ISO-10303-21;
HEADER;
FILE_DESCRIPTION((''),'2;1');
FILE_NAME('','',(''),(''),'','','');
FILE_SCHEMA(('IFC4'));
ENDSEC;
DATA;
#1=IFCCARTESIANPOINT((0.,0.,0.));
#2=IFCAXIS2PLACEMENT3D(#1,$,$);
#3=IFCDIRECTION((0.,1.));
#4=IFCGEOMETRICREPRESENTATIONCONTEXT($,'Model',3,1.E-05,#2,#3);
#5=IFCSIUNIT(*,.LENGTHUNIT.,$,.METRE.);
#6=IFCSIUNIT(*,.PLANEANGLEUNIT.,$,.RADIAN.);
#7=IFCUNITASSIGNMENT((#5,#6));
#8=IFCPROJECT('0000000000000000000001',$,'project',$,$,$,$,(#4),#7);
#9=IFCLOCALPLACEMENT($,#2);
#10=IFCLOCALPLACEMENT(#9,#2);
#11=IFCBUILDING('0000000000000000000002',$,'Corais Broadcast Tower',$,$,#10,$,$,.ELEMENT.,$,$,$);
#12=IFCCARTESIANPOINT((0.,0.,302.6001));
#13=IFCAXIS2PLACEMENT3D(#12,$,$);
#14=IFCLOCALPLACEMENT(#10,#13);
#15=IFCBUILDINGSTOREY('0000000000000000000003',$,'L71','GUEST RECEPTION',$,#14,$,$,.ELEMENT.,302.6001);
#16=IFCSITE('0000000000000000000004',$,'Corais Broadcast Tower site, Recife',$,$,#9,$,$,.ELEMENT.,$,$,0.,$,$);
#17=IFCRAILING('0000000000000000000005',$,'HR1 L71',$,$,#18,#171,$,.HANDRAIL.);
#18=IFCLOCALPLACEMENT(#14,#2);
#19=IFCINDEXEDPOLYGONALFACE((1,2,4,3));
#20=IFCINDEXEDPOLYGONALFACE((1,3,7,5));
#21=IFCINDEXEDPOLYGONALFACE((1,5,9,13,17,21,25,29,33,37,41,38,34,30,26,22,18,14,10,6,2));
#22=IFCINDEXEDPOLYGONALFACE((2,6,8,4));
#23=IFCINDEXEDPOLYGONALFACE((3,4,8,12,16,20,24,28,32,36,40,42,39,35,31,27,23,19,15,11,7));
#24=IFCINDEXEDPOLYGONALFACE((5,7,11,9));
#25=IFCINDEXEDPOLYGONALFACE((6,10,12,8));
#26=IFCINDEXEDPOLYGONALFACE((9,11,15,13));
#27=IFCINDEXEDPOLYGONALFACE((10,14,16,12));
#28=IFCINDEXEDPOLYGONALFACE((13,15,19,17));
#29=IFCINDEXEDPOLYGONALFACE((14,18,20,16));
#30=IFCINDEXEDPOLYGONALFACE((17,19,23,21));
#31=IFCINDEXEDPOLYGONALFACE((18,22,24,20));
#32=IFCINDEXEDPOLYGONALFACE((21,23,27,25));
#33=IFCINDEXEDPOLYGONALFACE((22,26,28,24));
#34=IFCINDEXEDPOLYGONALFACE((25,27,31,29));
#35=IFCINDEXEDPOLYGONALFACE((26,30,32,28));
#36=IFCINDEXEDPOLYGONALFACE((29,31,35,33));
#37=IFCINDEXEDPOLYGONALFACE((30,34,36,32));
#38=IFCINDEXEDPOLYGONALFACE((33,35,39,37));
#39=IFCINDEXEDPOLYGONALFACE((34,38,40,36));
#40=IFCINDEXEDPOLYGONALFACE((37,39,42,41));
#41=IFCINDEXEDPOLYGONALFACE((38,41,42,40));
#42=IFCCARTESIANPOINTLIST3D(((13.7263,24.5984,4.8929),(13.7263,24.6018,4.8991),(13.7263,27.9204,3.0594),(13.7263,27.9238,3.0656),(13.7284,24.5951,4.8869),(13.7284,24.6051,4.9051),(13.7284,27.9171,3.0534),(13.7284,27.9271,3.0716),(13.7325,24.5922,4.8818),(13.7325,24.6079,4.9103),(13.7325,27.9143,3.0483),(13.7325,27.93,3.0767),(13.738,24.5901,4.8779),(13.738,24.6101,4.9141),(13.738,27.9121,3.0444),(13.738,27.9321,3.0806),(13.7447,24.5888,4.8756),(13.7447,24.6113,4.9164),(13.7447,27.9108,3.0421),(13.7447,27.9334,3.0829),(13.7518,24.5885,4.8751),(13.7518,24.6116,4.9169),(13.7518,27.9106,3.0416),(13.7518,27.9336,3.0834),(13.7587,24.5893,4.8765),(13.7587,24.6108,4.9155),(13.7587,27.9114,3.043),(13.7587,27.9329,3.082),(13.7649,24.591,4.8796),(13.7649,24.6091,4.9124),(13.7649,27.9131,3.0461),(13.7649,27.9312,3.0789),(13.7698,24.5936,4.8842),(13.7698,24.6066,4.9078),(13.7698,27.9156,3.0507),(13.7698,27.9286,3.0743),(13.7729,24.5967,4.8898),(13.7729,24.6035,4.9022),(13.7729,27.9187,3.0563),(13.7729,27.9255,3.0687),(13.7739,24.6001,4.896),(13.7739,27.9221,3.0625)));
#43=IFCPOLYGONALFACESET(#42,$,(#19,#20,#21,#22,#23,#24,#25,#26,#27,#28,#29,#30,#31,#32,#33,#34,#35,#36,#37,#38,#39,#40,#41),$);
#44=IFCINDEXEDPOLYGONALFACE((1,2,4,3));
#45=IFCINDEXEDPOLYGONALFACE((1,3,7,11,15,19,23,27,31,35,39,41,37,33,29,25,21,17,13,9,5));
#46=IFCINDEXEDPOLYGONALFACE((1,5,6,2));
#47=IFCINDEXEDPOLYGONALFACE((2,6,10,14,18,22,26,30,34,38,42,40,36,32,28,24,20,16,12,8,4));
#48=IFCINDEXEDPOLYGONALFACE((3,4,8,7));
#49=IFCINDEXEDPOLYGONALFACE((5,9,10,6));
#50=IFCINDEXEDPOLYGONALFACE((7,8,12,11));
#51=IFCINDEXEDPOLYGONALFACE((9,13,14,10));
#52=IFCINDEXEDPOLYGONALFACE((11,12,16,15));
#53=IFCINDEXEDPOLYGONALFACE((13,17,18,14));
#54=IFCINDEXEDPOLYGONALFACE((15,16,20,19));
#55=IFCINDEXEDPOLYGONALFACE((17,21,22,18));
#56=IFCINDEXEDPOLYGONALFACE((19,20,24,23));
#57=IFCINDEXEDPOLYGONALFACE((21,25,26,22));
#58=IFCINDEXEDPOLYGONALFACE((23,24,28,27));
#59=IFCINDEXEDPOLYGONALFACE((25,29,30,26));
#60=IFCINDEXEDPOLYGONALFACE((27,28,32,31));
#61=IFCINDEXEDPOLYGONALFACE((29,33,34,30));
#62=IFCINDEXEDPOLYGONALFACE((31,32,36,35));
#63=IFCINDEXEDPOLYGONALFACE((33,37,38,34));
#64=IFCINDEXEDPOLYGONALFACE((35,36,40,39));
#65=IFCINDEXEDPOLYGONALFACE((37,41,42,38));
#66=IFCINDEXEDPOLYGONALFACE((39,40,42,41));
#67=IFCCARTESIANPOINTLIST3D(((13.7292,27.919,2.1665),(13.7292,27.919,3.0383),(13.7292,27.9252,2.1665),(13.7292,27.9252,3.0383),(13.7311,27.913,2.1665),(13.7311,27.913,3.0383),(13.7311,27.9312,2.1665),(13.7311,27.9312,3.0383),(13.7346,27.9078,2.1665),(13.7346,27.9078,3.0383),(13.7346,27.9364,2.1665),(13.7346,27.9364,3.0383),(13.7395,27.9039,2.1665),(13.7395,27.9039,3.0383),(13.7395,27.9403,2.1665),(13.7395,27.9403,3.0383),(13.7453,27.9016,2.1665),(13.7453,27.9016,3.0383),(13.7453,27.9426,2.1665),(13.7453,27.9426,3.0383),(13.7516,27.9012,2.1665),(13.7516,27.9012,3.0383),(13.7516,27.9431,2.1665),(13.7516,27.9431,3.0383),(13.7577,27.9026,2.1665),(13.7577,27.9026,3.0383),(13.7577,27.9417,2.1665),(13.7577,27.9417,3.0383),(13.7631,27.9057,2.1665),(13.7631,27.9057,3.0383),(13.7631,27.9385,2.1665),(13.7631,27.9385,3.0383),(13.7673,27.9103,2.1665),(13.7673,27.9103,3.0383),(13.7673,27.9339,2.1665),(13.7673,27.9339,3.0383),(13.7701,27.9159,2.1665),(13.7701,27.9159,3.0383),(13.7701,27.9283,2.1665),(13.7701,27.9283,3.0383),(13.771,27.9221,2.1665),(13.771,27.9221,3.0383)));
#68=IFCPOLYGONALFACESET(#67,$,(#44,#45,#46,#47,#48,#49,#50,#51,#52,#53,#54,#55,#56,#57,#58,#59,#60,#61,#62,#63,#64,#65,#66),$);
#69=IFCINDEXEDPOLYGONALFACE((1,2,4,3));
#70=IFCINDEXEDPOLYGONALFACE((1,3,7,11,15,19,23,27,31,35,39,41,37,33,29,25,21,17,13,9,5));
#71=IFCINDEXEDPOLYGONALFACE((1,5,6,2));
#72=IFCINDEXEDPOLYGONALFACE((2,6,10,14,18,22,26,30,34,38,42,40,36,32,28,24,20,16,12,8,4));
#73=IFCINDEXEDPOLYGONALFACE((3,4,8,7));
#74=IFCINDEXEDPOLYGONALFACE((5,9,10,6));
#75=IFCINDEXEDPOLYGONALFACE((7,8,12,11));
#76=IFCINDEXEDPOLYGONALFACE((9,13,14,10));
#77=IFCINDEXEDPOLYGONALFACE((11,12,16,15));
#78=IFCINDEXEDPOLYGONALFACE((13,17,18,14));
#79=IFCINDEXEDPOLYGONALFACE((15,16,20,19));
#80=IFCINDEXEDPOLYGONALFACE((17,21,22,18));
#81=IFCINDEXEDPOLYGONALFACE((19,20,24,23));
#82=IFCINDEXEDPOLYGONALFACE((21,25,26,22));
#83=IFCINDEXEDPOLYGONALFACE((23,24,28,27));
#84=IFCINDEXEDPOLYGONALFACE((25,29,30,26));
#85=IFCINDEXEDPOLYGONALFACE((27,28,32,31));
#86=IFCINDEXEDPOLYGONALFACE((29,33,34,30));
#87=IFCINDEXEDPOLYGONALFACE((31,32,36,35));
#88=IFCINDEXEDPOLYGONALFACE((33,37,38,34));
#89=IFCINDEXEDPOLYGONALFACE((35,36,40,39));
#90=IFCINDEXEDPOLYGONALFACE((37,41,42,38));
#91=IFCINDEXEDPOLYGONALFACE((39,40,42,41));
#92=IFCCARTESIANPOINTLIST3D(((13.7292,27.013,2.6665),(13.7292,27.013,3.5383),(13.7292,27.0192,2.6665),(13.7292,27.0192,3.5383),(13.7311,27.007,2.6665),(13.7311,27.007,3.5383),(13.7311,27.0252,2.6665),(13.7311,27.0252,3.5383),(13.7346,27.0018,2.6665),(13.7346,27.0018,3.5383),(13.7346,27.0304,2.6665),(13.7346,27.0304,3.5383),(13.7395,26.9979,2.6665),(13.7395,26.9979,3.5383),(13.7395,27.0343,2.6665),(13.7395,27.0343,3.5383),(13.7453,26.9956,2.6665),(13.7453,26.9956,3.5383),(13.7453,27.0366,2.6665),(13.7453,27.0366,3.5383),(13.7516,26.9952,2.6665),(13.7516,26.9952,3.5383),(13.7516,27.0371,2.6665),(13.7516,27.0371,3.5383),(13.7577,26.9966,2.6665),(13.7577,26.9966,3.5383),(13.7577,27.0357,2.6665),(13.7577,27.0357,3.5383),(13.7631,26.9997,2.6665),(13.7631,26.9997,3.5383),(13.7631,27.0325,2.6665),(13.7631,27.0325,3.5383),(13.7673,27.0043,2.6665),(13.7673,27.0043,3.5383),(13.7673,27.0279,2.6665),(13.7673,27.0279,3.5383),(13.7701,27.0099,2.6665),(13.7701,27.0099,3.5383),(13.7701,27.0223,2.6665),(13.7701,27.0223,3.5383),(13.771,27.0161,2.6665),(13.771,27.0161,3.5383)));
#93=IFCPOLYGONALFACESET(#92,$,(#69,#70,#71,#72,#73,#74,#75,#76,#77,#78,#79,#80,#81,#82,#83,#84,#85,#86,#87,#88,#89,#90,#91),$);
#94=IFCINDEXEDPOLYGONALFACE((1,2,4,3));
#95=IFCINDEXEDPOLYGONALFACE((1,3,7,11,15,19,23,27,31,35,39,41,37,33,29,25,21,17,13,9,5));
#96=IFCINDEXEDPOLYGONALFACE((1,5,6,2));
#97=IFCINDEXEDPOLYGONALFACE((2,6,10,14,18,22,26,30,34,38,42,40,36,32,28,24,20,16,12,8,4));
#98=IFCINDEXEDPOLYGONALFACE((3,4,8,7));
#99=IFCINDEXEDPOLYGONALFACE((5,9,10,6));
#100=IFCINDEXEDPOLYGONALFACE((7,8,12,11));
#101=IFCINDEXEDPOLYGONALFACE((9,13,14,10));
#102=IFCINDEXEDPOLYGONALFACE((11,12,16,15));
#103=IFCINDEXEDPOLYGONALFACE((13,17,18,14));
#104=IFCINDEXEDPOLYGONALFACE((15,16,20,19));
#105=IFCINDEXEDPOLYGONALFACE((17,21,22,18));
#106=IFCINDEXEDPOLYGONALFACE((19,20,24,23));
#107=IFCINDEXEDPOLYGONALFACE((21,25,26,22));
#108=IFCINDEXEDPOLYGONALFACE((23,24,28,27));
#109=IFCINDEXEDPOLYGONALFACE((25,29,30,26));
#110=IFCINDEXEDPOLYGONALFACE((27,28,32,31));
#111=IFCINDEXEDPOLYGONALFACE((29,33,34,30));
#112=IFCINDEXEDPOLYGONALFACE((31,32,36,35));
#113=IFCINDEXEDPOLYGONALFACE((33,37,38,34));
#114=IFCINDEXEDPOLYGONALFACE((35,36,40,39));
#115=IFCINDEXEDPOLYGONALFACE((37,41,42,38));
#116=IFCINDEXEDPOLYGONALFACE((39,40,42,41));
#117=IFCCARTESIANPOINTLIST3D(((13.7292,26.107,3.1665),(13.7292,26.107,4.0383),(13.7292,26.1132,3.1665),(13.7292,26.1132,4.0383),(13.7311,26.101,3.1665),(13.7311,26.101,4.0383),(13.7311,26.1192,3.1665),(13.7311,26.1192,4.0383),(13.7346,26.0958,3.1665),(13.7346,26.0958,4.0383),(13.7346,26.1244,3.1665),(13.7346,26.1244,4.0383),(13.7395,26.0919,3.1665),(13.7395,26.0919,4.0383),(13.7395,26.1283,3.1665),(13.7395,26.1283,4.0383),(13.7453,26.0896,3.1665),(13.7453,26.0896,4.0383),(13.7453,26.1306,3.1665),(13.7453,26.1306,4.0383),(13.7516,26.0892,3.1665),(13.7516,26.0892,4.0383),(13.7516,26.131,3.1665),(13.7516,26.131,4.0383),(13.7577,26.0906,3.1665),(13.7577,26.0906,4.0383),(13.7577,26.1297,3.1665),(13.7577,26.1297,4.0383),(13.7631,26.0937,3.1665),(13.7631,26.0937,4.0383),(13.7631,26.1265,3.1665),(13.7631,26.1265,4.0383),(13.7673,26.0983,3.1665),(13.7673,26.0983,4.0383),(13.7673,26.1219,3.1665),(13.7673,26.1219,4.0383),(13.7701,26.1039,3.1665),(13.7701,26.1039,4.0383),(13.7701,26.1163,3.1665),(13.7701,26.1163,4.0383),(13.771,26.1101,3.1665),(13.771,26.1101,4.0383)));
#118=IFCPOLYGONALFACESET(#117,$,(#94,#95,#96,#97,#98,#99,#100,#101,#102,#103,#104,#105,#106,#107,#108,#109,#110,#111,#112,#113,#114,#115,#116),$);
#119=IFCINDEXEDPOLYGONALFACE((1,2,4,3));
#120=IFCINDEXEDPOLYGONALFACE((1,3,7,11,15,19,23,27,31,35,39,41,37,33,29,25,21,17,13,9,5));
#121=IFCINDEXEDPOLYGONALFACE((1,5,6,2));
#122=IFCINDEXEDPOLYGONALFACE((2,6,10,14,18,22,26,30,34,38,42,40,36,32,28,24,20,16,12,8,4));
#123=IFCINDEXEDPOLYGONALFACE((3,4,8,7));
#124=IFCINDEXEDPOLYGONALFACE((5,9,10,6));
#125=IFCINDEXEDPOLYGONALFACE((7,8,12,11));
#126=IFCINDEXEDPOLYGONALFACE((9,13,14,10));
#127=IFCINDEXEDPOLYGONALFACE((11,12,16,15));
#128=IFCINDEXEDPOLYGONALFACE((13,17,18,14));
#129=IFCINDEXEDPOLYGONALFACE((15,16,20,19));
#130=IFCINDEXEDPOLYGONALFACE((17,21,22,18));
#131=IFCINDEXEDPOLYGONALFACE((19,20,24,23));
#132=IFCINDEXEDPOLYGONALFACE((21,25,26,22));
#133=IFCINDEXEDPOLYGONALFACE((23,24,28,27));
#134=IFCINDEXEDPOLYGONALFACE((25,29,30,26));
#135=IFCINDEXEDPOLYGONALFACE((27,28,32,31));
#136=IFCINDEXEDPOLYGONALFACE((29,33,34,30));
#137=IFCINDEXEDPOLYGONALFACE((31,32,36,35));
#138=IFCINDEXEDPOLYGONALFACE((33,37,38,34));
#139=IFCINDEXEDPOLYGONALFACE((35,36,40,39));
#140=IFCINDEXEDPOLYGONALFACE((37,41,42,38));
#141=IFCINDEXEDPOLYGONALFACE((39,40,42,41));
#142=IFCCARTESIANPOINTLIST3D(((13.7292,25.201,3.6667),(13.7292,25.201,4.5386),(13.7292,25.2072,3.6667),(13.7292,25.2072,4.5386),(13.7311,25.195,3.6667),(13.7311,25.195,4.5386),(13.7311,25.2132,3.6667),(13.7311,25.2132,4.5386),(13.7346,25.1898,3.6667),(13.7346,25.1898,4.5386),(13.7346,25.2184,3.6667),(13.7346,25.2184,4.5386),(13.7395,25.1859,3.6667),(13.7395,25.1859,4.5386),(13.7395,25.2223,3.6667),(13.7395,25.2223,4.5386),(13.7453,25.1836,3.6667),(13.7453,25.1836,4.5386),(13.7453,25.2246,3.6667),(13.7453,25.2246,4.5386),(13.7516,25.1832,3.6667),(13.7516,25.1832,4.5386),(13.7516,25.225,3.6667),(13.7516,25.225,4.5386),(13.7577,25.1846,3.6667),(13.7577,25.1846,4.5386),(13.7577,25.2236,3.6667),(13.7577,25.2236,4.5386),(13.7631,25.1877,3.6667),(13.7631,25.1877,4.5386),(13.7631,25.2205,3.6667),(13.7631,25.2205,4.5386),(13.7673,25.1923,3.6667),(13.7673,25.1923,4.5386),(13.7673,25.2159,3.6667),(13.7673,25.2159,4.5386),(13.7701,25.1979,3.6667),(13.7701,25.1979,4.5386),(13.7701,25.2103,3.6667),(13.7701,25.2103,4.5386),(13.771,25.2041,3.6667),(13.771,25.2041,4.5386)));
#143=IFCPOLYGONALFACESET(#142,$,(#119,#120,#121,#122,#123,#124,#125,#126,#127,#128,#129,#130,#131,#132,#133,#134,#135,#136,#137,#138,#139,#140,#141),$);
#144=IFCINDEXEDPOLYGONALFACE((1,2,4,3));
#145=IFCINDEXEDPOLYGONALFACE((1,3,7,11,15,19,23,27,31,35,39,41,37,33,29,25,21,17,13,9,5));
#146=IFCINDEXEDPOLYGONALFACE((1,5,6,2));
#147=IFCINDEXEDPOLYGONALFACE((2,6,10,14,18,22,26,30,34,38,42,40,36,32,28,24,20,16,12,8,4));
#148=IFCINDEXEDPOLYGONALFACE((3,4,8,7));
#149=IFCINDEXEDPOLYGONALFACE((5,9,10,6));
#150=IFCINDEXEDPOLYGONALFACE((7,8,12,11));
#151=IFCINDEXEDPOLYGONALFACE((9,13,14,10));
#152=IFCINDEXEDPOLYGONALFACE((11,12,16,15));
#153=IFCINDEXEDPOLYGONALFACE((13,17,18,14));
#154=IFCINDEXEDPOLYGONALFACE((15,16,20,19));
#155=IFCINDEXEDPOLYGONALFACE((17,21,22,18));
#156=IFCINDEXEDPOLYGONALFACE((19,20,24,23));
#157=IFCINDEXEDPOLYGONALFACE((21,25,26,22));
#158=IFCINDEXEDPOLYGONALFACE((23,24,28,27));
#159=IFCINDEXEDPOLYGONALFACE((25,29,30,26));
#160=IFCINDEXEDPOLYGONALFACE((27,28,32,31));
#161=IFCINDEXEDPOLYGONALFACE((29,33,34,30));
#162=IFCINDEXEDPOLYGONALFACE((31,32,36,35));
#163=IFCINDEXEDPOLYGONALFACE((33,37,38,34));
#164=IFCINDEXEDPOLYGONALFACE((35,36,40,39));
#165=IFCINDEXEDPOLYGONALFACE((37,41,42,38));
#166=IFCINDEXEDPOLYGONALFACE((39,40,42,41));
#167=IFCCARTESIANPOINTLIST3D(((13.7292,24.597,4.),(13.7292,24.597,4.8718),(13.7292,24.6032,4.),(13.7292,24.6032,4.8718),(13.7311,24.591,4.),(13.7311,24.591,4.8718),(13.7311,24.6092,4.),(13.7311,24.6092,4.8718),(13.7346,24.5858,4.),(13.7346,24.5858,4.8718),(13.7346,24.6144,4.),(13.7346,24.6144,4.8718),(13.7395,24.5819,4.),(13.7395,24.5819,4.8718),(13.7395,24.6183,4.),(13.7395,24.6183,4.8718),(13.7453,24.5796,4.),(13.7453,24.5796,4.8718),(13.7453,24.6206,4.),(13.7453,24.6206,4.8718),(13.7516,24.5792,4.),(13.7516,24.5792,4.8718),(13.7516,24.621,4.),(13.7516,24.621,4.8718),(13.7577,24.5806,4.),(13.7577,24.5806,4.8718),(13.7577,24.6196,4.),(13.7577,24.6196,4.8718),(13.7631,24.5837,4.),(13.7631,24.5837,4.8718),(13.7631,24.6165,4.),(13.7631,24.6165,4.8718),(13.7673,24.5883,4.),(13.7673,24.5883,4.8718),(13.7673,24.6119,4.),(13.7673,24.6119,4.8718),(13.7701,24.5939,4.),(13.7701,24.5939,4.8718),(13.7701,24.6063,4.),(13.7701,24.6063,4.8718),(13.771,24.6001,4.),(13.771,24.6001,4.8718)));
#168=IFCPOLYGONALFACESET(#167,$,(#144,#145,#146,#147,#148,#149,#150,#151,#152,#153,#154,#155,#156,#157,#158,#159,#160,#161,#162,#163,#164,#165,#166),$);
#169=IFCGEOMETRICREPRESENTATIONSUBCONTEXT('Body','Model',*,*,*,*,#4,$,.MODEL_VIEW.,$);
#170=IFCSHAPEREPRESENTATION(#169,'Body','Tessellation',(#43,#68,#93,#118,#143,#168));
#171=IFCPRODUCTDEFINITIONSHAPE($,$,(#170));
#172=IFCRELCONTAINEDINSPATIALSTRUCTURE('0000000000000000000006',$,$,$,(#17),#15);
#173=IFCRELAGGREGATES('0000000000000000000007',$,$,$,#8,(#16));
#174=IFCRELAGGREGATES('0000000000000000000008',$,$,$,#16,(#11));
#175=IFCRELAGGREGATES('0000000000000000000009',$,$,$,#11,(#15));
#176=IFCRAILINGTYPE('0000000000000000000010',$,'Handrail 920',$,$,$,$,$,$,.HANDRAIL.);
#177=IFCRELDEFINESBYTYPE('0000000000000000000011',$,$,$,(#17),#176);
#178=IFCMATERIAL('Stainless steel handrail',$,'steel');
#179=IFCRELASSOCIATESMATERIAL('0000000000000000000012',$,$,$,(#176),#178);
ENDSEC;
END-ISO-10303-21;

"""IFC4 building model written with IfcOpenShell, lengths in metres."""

from ifc_helpers import new_model, si_unit, direction, frame, origin, origin_2d, place, context, subcontext, project, spatial, circle, extrude, material, type_object, element, save


model = new_model("IFC4")

# Units and contexts
model_context = context("Model", 3, precision=1e-05, world=origin(), true_north=direction((0.0, 1.0)))
body_context = subcontext(model_context, "Body", "Model", "MODEL_VIEW")
ifc_project = project(units=[si_unit("LENGTHUNIT", "METRE"), si_unit("PLANEANGLEUNIT", "RADIAN")], contexts=[model_context])

# Site, building, storey
site_placement = place(None, origin())
site = spatial("IfcSite", under=ifc_project, at=site_placement, Name="Corais Broadcast Tower site, Recife", CompositionType="ELEMENT", RefElevation=0.0)
building_placement = place(site_placement, origin())
building = spatial("IfcBuilding", under=site, at=building_placement, Name="Corais Broadcast Tower", CompositionType="ELEMENT")
storey_placement = place(building_placement, frame((0.0, 0.0, 302.6001)))
storey = spatial("IfcBuildingStorey", under=building, at=storey_placement, Name="L71", Description="GUEST RECEPTION", CompositionType="ELEMENT", Elevation=302.6001)

# Railing
ifc_material_1 = material(Name="Stainless steel handrail", Category="steel")
railing_type = type_object("IfcRailingType", Name="Handrail 920", PredefinedType="HANDRAIL", material=ifc_material_1)
for number, where, name in (
    (1, (13.75, 27.9221, 2.1665), "HR1 L71"),
):
    element("IfcRailing", number, at=place(storey_placement, frame(where)), inside=storey, type_object=railing_type, Name=name, PredefinedType="HANDRAIL", context=body_context, shape_type="SweptSolid", body=[
        extrude(circle(Radius=0.0239, at=origin_2d()), frame((0.0, 0.0, 0.896), z_axis=(0.0, -0.875504, 0.48321), x_axis=(1.0, 0.0, 0.0)), (0.0, 0.0, 1.0), 3.7944),
        extrude(circle(Radius=0.021, at=origin_2d()), origin(), (0.0, 0.0, 1.0), 0.8718),
        extrude(circle(Radius=0.021, at=origin_2d()), frame((0.0, -0.906, 0.5)), (0.0, 0.0, 1.0), 0.8718),
        extrude(circle(Radius=0.021, at=origin_2d()), frame((0.0, -1.812, 1.0)), (0.0, 0.0, 1.0), 0.8718),
        extrude(circle(Radius=0.021, at=origin_2d()), frame((0.0, -2.718, 1.5002)), (0.0, 0.0, 1.0), 0.8718),
        extrude(circle(Radius=0.021, at=origin_2d()), frame((0.0, -3.322, 1.8335)), (0.0, 0.0, 1.0), 0.8718),
    ])

save(model, "model.ifc")
